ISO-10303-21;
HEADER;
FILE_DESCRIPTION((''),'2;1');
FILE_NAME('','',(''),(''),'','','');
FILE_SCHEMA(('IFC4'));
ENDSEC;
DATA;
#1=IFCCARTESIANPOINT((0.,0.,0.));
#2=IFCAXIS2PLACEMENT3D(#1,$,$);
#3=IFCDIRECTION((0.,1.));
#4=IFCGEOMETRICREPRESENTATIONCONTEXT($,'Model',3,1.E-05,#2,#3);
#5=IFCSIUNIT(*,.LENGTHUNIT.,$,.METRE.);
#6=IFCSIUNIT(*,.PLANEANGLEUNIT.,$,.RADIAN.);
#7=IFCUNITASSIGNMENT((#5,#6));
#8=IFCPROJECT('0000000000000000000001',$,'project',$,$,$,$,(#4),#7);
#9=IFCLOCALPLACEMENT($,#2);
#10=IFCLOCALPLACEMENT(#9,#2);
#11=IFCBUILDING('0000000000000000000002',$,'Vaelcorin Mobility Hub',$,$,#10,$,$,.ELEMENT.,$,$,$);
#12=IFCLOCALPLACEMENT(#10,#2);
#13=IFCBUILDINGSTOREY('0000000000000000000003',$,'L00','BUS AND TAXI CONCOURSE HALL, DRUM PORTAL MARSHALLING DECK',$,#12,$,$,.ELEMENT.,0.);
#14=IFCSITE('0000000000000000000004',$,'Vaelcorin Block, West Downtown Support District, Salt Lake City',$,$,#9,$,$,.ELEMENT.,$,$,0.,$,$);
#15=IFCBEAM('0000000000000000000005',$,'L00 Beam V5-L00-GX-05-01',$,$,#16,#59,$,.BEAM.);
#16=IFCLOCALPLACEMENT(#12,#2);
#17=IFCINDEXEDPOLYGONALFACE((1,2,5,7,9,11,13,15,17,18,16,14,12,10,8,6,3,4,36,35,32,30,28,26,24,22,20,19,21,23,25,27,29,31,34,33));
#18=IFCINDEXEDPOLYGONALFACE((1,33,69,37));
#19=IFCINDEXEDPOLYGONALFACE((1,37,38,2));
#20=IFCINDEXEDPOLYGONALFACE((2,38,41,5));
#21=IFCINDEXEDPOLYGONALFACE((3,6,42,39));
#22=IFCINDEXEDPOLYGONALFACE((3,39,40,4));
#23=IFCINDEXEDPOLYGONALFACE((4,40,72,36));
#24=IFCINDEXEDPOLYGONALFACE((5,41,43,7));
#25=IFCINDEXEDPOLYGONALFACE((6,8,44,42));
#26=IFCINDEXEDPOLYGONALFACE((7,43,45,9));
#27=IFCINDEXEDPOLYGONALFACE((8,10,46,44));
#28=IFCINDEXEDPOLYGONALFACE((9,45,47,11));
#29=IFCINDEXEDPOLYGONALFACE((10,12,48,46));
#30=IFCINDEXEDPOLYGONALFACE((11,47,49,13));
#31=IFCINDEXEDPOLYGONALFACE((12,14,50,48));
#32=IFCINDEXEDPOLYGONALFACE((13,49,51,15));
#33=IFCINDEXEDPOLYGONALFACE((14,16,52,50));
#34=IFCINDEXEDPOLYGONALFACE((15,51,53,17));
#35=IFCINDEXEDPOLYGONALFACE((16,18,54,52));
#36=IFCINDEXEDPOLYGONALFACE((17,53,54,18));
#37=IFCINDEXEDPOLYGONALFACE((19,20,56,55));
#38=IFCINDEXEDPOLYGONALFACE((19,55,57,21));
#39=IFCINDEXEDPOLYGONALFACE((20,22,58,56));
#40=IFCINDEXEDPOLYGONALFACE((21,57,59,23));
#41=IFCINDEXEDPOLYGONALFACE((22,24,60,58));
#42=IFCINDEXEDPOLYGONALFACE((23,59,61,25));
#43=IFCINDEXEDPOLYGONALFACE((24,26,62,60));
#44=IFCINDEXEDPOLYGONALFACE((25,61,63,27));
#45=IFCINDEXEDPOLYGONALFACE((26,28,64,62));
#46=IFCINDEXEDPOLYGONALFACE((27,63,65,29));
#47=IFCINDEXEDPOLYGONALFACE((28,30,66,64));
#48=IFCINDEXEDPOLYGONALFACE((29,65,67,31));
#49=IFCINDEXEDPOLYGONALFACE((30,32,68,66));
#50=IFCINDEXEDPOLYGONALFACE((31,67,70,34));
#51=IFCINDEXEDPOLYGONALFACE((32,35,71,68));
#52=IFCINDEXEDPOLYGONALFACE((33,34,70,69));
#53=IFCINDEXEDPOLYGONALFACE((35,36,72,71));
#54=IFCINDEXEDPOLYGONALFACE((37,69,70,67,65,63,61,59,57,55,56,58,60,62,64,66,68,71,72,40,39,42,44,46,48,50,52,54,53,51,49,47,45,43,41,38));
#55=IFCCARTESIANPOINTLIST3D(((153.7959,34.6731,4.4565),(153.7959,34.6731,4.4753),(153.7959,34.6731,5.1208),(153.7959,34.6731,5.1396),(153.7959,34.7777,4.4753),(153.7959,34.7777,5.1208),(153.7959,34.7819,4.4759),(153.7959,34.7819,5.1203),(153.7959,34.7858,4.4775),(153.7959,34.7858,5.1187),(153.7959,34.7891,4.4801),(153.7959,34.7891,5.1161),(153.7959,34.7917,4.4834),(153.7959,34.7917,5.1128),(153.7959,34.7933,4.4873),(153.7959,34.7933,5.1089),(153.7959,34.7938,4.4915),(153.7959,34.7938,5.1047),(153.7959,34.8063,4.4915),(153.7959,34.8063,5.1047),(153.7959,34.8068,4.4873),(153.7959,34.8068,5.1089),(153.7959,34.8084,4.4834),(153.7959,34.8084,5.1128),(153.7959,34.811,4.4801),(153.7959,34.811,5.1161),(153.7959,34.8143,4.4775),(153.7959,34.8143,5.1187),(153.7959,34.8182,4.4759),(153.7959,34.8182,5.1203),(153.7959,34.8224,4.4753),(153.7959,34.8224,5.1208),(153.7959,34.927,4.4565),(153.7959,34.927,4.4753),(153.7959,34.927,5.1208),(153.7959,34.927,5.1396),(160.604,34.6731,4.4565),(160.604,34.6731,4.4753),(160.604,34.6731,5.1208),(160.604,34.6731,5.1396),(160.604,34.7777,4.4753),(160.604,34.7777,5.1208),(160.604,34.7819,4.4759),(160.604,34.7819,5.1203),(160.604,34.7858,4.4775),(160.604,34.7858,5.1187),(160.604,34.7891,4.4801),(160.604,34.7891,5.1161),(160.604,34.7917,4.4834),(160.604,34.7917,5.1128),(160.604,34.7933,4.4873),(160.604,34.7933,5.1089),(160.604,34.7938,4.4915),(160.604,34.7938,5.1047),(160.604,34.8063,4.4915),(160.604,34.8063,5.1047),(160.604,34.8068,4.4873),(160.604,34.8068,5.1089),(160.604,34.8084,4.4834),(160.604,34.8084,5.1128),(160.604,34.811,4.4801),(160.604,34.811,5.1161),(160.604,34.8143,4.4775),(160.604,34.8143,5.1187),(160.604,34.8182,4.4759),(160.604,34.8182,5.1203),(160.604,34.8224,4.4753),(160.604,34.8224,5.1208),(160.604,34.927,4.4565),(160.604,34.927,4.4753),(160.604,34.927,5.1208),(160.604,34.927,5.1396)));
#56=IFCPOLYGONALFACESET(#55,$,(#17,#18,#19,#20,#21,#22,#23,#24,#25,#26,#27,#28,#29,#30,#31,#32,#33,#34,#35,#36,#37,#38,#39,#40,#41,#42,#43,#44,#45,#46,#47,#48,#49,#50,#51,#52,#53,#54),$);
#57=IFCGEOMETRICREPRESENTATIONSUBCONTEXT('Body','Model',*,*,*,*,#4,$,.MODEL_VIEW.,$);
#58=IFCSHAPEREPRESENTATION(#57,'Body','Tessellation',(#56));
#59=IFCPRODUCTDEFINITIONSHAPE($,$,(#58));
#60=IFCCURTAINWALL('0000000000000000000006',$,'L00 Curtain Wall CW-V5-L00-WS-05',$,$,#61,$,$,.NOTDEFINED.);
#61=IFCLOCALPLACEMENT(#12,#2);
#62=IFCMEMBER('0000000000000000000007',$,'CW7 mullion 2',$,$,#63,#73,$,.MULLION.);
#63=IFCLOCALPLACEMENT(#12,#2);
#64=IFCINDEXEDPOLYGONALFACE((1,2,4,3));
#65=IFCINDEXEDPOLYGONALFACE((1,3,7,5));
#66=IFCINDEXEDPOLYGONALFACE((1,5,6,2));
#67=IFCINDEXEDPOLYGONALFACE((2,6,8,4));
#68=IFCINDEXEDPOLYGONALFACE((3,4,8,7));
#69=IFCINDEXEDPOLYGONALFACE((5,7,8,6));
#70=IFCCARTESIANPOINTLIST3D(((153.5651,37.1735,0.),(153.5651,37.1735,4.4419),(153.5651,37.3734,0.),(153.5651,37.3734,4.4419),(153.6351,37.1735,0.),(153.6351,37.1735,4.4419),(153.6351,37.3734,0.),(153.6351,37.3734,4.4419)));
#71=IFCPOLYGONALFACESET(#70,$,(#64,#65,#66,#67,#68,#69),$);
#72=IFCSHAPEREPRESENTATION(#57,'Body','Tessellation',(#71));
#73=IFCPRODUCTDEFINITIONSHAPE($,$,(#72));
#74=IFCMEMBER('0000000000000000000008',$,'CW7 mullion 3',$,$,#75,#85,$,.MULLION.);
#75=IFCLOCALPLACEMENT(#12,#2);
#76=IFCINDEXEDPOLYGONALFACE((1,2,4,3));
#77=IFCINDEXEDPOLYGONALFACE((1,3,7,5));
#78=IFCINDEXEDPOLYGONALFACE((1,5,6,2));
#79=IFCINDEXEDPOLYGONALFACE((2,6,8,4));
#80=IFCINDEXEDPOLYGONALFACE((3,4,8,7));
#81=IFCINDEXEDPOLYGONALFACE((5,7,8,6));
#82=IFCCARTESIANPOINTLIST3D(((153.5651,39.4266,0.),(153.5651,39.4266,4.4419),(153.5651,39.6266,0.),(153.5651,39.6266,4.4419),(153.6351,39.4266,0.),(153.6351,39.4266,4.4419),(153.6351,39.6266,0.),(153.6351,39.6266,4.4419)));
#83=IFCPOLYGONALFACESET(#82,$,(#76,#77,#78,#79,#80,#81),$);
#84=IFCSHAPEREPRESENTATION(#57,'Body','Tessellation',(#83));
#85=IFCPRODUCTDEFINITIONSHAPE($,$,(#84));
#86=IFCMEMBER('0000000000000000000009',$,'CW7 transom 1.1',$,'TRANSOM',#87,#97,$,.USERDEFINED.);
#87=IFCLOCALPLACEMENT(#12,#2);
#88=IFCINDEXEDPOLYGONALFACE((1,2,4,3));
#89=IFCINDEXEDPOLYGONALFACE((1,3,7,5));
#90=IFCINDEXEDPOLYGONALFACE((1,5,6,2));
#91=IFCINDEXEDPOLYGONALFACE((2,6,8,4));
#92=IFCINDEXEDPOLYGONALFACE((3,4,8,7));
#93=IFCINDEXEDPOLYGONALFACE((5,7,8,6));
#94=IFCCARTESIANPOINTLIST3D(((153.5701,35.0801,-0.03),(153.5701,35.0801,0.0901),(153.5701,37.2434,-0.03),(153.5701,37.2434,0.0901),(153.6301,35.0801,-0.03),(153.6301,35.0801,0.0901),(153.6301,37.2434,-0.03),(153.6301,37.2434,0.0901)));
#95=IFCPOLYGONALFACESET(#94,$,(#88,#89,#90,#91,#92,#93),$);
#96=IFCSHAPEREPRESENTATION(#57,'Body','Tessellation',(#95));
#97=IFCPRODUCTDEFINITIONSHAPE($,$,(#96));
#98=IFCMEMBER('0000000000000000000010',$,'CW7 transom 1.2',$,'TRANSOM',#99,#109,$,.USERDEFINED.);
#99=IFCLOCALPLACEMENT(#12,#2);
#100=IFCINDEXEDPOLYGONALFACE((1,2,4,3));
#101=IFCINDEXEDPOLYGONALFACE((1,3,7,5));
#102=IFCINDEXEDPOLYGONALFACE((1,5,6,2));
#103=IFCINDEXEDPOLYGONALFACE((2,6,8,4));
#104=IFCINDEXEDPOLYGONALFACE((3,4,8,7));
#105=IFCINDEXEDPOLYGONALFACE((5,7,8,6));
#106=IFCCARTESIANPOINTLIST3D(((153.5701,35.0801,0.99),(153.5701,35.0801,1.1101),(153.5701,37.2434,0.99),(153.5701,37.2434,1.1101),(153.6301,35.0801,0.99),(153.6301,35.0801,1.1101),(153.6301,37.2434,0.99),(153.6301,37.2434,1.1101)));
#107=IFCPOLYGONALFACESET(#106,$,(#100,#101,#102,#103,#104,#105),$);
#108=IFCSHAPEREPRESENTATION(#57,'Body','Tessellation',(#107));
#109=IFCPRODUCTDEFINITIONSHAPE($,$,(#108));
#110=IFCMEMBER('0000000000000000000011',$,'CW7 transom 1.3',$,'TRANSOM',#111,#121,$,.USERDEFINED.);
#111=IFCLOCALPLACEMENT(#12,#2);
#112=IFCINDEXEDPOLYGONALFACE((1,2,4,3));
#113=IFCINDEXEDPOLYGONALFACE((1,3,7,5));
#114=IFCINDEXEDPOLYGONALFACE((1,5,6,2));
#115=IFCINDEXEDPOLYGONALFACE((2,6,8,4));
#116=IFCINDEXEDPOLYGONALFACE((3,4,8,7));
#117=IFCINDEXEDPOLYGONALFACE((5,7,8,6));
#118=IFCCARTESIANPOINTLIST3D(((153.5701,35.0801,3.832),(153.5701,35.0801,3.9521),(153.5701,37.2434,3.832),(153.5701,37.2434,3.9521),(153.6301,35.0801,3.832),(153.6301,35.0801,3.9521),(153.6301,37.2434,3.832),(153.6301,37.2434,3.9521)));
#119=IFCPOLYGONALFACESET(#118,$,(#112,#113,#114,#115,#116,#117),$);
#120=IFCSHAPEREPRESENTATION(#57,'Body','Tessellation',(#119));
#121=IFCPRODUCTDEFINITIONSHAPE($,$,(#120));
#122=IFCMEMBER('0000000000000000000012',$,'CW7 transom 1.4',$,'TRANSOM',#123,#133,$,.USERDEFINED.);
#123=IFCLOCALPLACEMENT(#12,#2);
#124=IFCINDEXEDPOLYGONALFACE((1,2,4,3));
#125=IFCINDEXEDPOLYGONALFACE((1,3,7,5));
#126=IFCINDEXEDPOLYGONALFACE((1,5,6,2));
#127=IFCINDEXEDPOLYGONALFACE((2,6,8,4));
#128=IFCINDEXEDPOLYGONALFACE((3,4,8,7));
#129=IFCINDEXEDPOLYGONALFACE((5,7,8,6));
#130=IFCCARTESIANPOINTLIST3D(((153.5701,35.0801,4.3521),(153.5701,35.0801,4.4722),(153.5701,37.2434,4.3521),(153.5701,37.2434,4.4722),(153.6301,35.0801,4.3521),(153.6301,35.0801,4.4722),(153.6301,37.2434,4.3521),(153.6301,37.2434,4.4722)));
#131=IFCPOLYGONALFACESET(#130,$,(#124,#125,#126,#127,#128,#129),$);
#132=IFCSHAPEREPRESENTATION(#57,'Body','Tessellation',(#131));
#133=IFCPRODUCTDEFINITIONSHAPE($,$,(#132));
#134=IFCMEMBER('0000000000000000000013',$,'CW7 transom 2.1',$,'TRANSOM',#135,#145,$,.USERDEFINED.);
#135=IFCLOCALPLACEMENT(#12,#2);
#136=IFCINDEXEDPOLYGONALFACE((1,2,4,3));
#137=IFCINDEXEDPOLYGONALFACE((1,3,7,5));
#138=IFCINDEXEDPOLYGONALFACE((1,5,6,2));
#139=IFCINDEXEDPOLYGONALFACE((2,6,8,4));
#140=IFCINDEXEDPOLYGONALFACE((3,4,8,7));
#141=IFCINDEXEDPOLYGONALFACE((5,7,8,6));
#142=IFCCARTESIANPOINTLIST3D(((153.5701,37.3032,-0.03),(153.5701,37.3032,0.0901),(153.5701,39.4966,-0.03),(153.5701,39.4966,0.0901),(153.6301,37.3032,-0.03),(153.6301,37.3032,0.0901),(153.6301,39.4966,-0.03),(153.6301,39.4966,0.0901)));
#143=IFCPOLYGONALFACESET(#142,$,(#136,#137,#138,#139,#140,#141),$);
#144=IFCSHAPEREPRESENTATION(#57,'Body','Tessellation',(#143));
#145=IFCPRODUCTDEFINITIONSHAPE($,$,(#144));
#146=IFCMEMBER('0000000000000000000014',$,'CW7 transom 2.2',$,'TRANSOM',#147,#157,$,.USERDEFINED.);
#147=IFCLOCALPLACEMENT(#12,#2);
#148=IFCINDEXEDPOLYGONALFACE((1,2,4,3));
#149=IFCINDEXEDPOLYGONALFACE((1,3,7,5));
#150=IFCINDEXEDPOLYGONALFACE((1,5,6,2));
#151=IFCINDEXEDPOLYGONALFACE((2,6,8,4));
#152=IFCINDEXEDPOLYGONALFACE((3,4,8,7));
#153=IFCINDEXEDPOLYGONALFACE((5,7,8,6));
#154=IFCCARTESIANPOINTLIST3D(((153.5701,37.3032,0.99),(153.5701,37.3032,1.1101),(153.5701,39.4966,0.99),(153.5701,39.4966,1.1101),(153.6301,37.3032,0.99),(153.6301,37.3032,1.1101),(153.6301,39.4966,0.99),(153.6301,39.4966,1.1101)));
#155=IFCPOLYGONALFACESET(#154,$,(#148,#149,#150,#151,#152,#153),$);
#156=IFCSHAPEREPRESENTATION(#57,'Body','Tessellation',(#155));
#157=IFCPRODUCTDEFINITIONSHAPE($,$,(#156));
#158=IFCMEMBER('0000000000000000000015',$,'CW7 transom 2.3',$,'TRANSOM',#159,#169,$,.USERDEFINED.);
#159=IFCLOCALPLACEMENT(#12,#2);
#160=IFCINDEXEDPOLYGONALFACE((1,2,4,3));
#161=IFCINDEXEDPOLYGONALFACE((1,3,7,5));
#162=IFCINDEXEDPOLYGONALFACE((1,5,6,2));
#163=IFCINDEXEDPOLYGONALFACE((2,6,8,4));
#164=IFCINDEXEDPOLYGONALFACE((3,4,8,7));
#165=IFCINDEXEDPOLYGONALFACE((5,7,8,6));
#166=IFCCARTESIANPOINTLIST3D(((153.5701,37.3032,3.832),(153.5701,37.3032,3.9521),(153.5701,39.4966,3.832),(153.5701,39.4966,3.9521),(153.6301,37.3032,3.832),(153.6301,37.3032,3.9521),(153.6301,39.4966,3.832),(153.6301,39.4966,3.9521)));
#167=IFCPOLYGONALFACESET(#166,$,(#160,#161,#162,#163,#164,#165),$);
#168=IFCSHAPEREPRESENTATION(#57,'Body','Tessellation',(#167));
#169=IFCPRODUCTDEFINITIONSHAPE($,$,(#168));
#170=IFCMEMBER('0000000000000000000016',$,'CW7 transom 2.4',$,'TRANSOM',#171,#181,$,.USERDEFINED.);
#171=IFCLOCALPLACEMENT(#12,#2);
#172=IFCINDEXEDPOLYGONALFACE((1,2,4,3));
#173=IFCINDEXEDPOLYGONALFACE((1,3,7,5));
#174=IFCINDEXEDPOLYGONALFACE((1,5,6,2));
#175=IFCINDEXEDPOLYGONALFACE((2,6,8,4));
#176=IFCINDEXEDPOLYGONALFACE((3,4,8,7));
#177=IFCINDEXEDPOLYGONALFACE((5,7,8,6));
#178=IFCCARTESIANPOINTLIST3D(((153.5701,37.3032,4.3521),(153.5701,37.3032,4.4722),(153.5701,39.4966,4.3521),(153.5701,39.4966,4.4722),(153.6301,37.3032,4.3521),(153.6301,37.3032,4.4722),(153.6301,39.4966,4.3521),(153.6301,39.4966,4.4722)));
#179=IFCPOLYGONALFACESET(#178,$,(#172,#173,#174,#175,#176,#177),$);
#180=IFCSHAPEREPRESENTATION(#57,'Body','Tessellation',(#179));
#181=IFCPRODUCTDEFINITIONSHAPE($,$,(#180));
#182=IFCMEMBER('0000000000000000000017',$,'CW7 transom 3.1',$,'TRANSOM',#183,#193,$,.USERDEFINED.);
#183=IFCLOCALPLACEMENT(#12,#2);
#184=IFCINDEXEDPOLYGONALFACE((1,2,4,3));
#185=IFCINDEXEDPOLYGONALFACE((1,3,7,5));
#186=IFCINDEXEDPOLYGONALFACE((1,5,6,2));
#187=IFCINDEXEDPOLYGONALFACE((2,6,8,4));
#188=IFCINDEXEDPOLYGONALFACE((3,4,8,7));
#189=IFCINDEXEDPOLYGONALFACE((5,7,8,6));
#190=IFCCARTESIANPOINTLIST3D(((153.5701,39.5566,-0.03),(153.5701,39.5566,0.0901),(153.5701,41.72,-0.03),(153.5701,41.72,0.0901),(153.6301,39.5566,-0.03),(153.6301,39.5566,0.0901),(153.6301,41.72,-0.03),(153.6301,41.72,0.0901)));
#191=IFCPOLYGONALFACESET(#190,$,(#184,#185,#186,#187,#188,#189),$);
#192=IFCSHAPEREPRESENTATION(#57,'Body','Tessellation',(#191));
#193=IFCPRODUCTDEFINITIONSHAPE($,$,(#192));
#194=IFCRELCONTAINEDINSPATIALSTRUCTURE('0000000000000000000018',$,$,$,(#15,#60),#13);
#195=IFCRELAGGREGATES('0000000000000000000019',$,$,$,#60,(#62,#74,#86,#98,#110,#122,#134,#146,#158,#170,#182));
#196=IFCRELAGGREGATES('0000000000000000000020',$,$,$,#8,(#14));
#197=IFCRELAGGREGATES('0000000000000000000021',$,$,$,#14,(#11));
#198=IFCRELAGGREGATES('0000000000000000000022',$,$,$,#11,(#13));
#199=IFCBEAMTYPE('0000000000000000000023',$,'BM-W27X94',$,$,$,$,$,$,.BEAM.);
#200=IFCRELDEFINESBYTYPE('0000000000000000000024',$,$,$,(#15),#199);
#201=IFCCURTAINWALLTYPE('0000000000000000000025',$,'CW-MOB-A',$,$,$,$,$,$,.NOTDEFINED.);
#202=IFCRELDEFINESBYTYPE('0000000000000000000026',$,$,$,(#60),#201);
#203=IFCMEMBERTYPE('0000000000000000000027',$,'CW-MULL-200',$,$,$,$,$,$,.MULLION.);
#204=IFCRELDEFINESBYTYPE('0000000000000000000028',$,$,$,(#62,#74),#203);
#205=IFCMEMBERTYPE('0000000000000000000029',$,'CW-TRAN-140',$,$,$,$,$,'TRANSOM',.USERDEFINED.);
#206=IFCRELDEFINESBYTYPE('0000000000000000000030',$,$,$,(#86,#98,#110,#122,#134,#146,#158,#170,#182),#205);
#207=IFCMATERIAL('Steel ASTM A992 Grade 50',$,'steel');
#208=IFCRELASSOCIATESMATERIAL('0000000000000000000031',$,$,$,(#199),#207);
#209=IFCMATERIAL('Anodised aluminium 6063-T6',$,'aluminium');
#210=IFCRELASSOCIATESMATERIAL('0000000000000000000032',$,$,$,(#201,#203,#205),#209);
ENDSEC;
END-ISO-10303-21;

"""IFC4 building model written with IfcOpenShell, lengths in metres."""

from ifc_helpers import new_model, si_unit, direction, frame, origin, origin_2d, place, context, subcontext, project, spatial, rectangle, i_section, extrude, material, material_profile, profile_set, type_object, element, aggregate, save


model = new_model("IFC4")

# Units and contexts
model_context = context("Model", 3, precision=1e-05, world=origin(), true_north=direction((0.0, 1.0)))
body_context = subcontext(model_context, "Body", "Model", "MODEL_VIEW")
ifc_project = project(units=[si_unit("LENGTHUNIT", "METRE"), si_unit("PLANEANGLEUNIT", "RADIAN")], contexts=[model_context])

# Site, building, storey
site_placement = place(None, origin())
site = spatial("IfcSite", under=ifc_project, at=site_placement, Name="Vaelcorin Block, West Downtown Support District, Salt Lake City", CompositionType="ELEMENT", RefElevation=0.0)
building_placement = place(site_placement, origin())
building = spatial("IfcBuilding", under=site, at=building_placement, Name="Vaelcorin Mobility Hub", CompositionType="ELEMENT")
storey_placement = place(building_placement, origin())
storey = spatial("IfcBuildingStorey", under=building, at=storey_placement, Name="L00", Description="BUS AND TAXI CONCOURSE HALL, DRUM PORTAL MARSHALLING DECK", CompositionType="ELEMENT", Elevation=0.0)

# Shared definitions
ifc_material_1 = material(Name="Steel ASTM A992 Grade 50", Category="steel")

# Beam
ifc_material_profile_1 = material_profile(ifc_material_1, i_section(OverallWidth=0.2539, OverallDepth=0.6831, WebThickness=0.0125, FlangeThickness=0.0188, FilletRadius=0.0161, at=origin_2d()), Name="W27X94")
ifc_profile_set_1 = profile_set([ifc_material_profile_1], Name="Steel ASTM A992 Grade 50")
beam_type_1 = type_object("IfcBeamType", Name="BM-W27X94", PredefinedType="BEAM", material=ifc_profile_set_1)
beam_1_placement = place(storey_placement, frame((153.7959, 34.8, 4.7981), z_axis=(1.0, 0.0, 0.0), x_axis=(0.0, 1.0, 0.0)))
element("IfcBeam", 1, at=beam_1_placement, inside=storey, type_object=beam_type_1, Name="L00 Beam V5-L00-GX-05-01", PredefinedType="BEAM", context=body_context, shape_type="SweptSolid", body=[
    extrude(i_section(OverallWidth=0.2539, OverallDepth=0.6831, WebThickness=0.0125, FlangeThickness=0.0188, FilletRadius=0.0161, at=origin_2d()), origin(), (0.0, 0.0, 1.0), 6.8081),
])

# Curtain wall, members
ifc_material_2 = material(Name="Anodised aluminium 6063-T6", Category="aluminium")
curtain_wall_type = type_object("IfcCurtainWallType", Name="CW-MOB-A", PredefinedType="NOTDEFINED", material=ifc_material_2)
curtain_wall_placement = place(storey_placement, origin())
curtain_wall = element("IfcCurtainWall", 2, at=curtain_wall_placement, inside=storey, type_object=curtain_wall_type, Name="L00 Curtain Wall CW-V5-L00-WS-05", PredefinedType="NOTDEFINED")
ifc_material_profile_2 = material_profile(ifc_material_2, rectangle(XDim=0.0701, YDim=0.2, at=origin_2d()), Name="ALU-M70X200")
ifc_profile_set_2 = profile_set([ifc_material_profile_2], Name="Anodised aluminium 6063-T6")
member_type_1 = type_object("IfcMemberType", Name="CW-MULL-200", PredefinedType="MULLION", material=ifc_profile_set_2)
member_1_placement = place(storey_placement, frame((153.6001, 37.2734, 0.0), z_axis=(0.0, 0.0, 1.0), x_axis=(-1.0, 0.0, 0.0)))
member_1 = element("IfcMember", 3, at=member_1_placement, type_object=member_type_1, Name="CW7 mullion 2", PredefinedType="MULLION", context=body_context, shape_type="SweptSolid", body=[
    extrude(rectangle(XDim=0.0701, YDim=0.2, at=origin_2d()), origin(), (0.0, 0.0, 1.0), 4.4419),
])
member_2_placement = place(storey_placement, frame((153.6001, 39.5266, 0.0), z_axis=(0.0, 0.0, 1.0), x_axis=(-1.0, 0.0, 0.0)))
member_2 = element("IfcMember", 4, at=member_2_placement, type_object=member_type_1, Name="CW7 mullion 3", PredefinedType="MULLION", context=body_context, shape_type="SweptSolid", body=[
    extrude(rectangle(XDim=0.0701, YDim=0.2, at=origin_2d()), origin(), (0.0, 0.0, 1.0), 4.4419),
])
ifc_material_profile_3 = material_profile(ifc_material_2, rectangle(XDim=0.0601, YDim=0.1201, at=origin_2d()), Name="ALU-T60X120")
ifc_profile_set_3 = profile_set([ifc_material_profile_3], Name="Anodised aluminium 6063-T6")
member_type_2 = type_object("IfcMemberType", Name="CW-TRAN-140", ElementType="TRANSOM", PredefinedType="USERDEFINED", material=ifc_profile_set_3)
member_3_placement = place(storey_placement, frame((153.6001, 35.0801, 0.03), z_axis=(0.0, 1.0, 0.0), x_axis=(-1.0, 0.0, 0.0)))
member_3 = element("IfcMember", 5, at=member_3_placement, type_object=member_type_2, Name="CW7 transom 1.1", ObjectType="TRANSOM", PredefinedType="USERDEFINED", context=body_context, shape_type="SweptSolid", body=[
    extrude(rectangle(XDim=0.0601, YDim=0.1201, at=origin_2d()), origin(), (0.0, 0.0, 1.0), 2.1633),
])
member_4_placement = place(storey_placement, frame((153.6001, 35.0801, 1.05), z_axis=(0.0, 1.0, 0.0), x_axis=(-1.0, 0.0, 0.0)))
member_4 = element("IfcMember", 6, at=member_4_placement, type_object=member_type_2, Name="CW7 transom 1.2", ObjectType="TRANSOM", PredefinedType="USERDEFINED", context=body_context, shape_type="SweptSolid", body=[
    extrude(rectangle(XDim=0.0601, YDim=0.1201, at=origin_2d()), origin(), (0.0, 0.0, 1.0), 2.1633),
])
member_5_placement = place(storey_placement, frame((153.6001, 35.0801, 3.8921), z_axis=(0.0, 1.0, 0.0), x_axis=(-1.0, 0.0, 0.0)))
member_5 = element("IfcMember", 7, at=member_5_placement, type_object=member_type_2, Name="CW7 transom 1.3", ObjectType="TRANSOM", PredefinedType="USERDEFINED", context=body_context, shape_type="SweptSolid", body=[
    extrude(rectangle(XDim=0.0601, YDim=0.1201, at=origin_2d()), origin(), (0.0, 0.0, 1.0), 2.1633),
])
member_6_placement = place(storey_placement, frame((153.6001, 35.0801, 4.4121), z_axis=(0.0, 1.0, 0.0), x_axis=(-1.0, 0.0, 0.0)))
member_6 = element("IfcMember", 8, at=member_6_placement, type_object=member_type_2, Name="CW7 transom 1.4", ObjectType="TRANSOM", PredefinedType="USERDEFINED", context=body_context, shape_type="SweptSolid", body=[
    extrude(rectangle(XDim=0.0601, YDim=0.1201, at=origin_2d()), origin(), (0.0, 0.0, 1.0), 2.1633),
])
member_7_placement = place(storey_placement, frame((153.6001, 37.3032, 0.03), z_axis=(0.0, 1.0, 0.0), x_axis=(-1.0, 0.0, 0.0)))
member_7 = element("IfcMember", 9, at=member_7_placement, type_object=member_type_2, Name="CW7 transom 2.1", ObjectType="TRANSOM", PredefinedType="USERDEFINED", context=body_context, shape_type="SweptSolid", body=[
    extrude(rectangle(XDim=0.0601, YDim=0.1201, at=origin_2d()), origin(), (0.0, 0.0, 1.0), 2.1934),
])
member_8_placement = place(storey_placement, frame((153.6001, 37.3032, 1.05), z_axis=(0.0, 1.0, 0.0), x_axis=(-1.0, 0.0, 0.0)))
member_8 = element("IfcMember", 10, at=member_8_placement, type_object=member_type_2, Name="CW7 transom 2.2", ObjectType="TRANSOM", PredefinedType="USERDEFINED", context=body_context, shape_type="SweptSolid", body=[
    extrude(rectangle(XDim=0.0601, YDim=0.1201, at=origin_2d()), origin(), (0.0, 0.0, 1.0), 2.1934),
])
member_9_placement = place(storey_placement, frame((153.6001, 37.3032, 3.8921), z_axis=(0.0, 1.0, 0.0), x_axis=(-1.0, 0.0, 0.0)))
member_9 = element("IfcMember", 11, at=member_9_placement, type_object=member_type_2, Name="CW7 transom 2.3", ObjectType="TRANSOM", PredefinedType="USERDEFINED", context=body_context, shape_type="SweptSolid", body=[
    extrude(rectangle(XDim=0.0601, YDim=0.1201, at=origin_2d()), origin(), (0.0, 0.0, 1.0), 2.1934),
])
member_10_placement = place(storey_placement, frame((153.6001, 37.3032, 4.4121), z_axis=(0.0, 1.0, 0.0), x_axis=(-1.0, 0.0, 0.0)))
member_10 = element("IfcMember", 12, at=member_10_placement, type_object=member_type_2, Name="CW7 transom 2.4", ObjectType="TRANSOM", PredefinedType="USERDEFINED", context=body_context, shape_type="SweptSolid", body=[
    extrude(rectangle(XDim=0.0601, YDim=0.1201, at=origin_2d()), origin(), (0.0, 0.0, 1.0), 2.1934),
])
member_11_placement = place(storey_placement, frame((153.6001, 39.5566, 0.03), z_axis=(0.0, 1.0, 0.0), x_axis=(-1.0, 0.0, 0.0)))
member_11 = element("IfcMember", 13, at=member_11_placement, type_object=member_type_2, Name="CW7 transom 3.1", ObjectType="TRANSOM", PredefinedType="USERDEFINED", context=body_context, shape_type="SweptSolid", body=[
    extrude(rectangle(XDim=0.0601, YDim=0.1201, at=origin_2d()), origin(), (0.0, 0.0, 1.0), 2.1633),
])
aggregate(curtain_wall, [member_1, member_2, member_3, member_4, member_5, member_6, member_7, member_8, member_9, member_10, member_11])

save(model, "model.ifc")
